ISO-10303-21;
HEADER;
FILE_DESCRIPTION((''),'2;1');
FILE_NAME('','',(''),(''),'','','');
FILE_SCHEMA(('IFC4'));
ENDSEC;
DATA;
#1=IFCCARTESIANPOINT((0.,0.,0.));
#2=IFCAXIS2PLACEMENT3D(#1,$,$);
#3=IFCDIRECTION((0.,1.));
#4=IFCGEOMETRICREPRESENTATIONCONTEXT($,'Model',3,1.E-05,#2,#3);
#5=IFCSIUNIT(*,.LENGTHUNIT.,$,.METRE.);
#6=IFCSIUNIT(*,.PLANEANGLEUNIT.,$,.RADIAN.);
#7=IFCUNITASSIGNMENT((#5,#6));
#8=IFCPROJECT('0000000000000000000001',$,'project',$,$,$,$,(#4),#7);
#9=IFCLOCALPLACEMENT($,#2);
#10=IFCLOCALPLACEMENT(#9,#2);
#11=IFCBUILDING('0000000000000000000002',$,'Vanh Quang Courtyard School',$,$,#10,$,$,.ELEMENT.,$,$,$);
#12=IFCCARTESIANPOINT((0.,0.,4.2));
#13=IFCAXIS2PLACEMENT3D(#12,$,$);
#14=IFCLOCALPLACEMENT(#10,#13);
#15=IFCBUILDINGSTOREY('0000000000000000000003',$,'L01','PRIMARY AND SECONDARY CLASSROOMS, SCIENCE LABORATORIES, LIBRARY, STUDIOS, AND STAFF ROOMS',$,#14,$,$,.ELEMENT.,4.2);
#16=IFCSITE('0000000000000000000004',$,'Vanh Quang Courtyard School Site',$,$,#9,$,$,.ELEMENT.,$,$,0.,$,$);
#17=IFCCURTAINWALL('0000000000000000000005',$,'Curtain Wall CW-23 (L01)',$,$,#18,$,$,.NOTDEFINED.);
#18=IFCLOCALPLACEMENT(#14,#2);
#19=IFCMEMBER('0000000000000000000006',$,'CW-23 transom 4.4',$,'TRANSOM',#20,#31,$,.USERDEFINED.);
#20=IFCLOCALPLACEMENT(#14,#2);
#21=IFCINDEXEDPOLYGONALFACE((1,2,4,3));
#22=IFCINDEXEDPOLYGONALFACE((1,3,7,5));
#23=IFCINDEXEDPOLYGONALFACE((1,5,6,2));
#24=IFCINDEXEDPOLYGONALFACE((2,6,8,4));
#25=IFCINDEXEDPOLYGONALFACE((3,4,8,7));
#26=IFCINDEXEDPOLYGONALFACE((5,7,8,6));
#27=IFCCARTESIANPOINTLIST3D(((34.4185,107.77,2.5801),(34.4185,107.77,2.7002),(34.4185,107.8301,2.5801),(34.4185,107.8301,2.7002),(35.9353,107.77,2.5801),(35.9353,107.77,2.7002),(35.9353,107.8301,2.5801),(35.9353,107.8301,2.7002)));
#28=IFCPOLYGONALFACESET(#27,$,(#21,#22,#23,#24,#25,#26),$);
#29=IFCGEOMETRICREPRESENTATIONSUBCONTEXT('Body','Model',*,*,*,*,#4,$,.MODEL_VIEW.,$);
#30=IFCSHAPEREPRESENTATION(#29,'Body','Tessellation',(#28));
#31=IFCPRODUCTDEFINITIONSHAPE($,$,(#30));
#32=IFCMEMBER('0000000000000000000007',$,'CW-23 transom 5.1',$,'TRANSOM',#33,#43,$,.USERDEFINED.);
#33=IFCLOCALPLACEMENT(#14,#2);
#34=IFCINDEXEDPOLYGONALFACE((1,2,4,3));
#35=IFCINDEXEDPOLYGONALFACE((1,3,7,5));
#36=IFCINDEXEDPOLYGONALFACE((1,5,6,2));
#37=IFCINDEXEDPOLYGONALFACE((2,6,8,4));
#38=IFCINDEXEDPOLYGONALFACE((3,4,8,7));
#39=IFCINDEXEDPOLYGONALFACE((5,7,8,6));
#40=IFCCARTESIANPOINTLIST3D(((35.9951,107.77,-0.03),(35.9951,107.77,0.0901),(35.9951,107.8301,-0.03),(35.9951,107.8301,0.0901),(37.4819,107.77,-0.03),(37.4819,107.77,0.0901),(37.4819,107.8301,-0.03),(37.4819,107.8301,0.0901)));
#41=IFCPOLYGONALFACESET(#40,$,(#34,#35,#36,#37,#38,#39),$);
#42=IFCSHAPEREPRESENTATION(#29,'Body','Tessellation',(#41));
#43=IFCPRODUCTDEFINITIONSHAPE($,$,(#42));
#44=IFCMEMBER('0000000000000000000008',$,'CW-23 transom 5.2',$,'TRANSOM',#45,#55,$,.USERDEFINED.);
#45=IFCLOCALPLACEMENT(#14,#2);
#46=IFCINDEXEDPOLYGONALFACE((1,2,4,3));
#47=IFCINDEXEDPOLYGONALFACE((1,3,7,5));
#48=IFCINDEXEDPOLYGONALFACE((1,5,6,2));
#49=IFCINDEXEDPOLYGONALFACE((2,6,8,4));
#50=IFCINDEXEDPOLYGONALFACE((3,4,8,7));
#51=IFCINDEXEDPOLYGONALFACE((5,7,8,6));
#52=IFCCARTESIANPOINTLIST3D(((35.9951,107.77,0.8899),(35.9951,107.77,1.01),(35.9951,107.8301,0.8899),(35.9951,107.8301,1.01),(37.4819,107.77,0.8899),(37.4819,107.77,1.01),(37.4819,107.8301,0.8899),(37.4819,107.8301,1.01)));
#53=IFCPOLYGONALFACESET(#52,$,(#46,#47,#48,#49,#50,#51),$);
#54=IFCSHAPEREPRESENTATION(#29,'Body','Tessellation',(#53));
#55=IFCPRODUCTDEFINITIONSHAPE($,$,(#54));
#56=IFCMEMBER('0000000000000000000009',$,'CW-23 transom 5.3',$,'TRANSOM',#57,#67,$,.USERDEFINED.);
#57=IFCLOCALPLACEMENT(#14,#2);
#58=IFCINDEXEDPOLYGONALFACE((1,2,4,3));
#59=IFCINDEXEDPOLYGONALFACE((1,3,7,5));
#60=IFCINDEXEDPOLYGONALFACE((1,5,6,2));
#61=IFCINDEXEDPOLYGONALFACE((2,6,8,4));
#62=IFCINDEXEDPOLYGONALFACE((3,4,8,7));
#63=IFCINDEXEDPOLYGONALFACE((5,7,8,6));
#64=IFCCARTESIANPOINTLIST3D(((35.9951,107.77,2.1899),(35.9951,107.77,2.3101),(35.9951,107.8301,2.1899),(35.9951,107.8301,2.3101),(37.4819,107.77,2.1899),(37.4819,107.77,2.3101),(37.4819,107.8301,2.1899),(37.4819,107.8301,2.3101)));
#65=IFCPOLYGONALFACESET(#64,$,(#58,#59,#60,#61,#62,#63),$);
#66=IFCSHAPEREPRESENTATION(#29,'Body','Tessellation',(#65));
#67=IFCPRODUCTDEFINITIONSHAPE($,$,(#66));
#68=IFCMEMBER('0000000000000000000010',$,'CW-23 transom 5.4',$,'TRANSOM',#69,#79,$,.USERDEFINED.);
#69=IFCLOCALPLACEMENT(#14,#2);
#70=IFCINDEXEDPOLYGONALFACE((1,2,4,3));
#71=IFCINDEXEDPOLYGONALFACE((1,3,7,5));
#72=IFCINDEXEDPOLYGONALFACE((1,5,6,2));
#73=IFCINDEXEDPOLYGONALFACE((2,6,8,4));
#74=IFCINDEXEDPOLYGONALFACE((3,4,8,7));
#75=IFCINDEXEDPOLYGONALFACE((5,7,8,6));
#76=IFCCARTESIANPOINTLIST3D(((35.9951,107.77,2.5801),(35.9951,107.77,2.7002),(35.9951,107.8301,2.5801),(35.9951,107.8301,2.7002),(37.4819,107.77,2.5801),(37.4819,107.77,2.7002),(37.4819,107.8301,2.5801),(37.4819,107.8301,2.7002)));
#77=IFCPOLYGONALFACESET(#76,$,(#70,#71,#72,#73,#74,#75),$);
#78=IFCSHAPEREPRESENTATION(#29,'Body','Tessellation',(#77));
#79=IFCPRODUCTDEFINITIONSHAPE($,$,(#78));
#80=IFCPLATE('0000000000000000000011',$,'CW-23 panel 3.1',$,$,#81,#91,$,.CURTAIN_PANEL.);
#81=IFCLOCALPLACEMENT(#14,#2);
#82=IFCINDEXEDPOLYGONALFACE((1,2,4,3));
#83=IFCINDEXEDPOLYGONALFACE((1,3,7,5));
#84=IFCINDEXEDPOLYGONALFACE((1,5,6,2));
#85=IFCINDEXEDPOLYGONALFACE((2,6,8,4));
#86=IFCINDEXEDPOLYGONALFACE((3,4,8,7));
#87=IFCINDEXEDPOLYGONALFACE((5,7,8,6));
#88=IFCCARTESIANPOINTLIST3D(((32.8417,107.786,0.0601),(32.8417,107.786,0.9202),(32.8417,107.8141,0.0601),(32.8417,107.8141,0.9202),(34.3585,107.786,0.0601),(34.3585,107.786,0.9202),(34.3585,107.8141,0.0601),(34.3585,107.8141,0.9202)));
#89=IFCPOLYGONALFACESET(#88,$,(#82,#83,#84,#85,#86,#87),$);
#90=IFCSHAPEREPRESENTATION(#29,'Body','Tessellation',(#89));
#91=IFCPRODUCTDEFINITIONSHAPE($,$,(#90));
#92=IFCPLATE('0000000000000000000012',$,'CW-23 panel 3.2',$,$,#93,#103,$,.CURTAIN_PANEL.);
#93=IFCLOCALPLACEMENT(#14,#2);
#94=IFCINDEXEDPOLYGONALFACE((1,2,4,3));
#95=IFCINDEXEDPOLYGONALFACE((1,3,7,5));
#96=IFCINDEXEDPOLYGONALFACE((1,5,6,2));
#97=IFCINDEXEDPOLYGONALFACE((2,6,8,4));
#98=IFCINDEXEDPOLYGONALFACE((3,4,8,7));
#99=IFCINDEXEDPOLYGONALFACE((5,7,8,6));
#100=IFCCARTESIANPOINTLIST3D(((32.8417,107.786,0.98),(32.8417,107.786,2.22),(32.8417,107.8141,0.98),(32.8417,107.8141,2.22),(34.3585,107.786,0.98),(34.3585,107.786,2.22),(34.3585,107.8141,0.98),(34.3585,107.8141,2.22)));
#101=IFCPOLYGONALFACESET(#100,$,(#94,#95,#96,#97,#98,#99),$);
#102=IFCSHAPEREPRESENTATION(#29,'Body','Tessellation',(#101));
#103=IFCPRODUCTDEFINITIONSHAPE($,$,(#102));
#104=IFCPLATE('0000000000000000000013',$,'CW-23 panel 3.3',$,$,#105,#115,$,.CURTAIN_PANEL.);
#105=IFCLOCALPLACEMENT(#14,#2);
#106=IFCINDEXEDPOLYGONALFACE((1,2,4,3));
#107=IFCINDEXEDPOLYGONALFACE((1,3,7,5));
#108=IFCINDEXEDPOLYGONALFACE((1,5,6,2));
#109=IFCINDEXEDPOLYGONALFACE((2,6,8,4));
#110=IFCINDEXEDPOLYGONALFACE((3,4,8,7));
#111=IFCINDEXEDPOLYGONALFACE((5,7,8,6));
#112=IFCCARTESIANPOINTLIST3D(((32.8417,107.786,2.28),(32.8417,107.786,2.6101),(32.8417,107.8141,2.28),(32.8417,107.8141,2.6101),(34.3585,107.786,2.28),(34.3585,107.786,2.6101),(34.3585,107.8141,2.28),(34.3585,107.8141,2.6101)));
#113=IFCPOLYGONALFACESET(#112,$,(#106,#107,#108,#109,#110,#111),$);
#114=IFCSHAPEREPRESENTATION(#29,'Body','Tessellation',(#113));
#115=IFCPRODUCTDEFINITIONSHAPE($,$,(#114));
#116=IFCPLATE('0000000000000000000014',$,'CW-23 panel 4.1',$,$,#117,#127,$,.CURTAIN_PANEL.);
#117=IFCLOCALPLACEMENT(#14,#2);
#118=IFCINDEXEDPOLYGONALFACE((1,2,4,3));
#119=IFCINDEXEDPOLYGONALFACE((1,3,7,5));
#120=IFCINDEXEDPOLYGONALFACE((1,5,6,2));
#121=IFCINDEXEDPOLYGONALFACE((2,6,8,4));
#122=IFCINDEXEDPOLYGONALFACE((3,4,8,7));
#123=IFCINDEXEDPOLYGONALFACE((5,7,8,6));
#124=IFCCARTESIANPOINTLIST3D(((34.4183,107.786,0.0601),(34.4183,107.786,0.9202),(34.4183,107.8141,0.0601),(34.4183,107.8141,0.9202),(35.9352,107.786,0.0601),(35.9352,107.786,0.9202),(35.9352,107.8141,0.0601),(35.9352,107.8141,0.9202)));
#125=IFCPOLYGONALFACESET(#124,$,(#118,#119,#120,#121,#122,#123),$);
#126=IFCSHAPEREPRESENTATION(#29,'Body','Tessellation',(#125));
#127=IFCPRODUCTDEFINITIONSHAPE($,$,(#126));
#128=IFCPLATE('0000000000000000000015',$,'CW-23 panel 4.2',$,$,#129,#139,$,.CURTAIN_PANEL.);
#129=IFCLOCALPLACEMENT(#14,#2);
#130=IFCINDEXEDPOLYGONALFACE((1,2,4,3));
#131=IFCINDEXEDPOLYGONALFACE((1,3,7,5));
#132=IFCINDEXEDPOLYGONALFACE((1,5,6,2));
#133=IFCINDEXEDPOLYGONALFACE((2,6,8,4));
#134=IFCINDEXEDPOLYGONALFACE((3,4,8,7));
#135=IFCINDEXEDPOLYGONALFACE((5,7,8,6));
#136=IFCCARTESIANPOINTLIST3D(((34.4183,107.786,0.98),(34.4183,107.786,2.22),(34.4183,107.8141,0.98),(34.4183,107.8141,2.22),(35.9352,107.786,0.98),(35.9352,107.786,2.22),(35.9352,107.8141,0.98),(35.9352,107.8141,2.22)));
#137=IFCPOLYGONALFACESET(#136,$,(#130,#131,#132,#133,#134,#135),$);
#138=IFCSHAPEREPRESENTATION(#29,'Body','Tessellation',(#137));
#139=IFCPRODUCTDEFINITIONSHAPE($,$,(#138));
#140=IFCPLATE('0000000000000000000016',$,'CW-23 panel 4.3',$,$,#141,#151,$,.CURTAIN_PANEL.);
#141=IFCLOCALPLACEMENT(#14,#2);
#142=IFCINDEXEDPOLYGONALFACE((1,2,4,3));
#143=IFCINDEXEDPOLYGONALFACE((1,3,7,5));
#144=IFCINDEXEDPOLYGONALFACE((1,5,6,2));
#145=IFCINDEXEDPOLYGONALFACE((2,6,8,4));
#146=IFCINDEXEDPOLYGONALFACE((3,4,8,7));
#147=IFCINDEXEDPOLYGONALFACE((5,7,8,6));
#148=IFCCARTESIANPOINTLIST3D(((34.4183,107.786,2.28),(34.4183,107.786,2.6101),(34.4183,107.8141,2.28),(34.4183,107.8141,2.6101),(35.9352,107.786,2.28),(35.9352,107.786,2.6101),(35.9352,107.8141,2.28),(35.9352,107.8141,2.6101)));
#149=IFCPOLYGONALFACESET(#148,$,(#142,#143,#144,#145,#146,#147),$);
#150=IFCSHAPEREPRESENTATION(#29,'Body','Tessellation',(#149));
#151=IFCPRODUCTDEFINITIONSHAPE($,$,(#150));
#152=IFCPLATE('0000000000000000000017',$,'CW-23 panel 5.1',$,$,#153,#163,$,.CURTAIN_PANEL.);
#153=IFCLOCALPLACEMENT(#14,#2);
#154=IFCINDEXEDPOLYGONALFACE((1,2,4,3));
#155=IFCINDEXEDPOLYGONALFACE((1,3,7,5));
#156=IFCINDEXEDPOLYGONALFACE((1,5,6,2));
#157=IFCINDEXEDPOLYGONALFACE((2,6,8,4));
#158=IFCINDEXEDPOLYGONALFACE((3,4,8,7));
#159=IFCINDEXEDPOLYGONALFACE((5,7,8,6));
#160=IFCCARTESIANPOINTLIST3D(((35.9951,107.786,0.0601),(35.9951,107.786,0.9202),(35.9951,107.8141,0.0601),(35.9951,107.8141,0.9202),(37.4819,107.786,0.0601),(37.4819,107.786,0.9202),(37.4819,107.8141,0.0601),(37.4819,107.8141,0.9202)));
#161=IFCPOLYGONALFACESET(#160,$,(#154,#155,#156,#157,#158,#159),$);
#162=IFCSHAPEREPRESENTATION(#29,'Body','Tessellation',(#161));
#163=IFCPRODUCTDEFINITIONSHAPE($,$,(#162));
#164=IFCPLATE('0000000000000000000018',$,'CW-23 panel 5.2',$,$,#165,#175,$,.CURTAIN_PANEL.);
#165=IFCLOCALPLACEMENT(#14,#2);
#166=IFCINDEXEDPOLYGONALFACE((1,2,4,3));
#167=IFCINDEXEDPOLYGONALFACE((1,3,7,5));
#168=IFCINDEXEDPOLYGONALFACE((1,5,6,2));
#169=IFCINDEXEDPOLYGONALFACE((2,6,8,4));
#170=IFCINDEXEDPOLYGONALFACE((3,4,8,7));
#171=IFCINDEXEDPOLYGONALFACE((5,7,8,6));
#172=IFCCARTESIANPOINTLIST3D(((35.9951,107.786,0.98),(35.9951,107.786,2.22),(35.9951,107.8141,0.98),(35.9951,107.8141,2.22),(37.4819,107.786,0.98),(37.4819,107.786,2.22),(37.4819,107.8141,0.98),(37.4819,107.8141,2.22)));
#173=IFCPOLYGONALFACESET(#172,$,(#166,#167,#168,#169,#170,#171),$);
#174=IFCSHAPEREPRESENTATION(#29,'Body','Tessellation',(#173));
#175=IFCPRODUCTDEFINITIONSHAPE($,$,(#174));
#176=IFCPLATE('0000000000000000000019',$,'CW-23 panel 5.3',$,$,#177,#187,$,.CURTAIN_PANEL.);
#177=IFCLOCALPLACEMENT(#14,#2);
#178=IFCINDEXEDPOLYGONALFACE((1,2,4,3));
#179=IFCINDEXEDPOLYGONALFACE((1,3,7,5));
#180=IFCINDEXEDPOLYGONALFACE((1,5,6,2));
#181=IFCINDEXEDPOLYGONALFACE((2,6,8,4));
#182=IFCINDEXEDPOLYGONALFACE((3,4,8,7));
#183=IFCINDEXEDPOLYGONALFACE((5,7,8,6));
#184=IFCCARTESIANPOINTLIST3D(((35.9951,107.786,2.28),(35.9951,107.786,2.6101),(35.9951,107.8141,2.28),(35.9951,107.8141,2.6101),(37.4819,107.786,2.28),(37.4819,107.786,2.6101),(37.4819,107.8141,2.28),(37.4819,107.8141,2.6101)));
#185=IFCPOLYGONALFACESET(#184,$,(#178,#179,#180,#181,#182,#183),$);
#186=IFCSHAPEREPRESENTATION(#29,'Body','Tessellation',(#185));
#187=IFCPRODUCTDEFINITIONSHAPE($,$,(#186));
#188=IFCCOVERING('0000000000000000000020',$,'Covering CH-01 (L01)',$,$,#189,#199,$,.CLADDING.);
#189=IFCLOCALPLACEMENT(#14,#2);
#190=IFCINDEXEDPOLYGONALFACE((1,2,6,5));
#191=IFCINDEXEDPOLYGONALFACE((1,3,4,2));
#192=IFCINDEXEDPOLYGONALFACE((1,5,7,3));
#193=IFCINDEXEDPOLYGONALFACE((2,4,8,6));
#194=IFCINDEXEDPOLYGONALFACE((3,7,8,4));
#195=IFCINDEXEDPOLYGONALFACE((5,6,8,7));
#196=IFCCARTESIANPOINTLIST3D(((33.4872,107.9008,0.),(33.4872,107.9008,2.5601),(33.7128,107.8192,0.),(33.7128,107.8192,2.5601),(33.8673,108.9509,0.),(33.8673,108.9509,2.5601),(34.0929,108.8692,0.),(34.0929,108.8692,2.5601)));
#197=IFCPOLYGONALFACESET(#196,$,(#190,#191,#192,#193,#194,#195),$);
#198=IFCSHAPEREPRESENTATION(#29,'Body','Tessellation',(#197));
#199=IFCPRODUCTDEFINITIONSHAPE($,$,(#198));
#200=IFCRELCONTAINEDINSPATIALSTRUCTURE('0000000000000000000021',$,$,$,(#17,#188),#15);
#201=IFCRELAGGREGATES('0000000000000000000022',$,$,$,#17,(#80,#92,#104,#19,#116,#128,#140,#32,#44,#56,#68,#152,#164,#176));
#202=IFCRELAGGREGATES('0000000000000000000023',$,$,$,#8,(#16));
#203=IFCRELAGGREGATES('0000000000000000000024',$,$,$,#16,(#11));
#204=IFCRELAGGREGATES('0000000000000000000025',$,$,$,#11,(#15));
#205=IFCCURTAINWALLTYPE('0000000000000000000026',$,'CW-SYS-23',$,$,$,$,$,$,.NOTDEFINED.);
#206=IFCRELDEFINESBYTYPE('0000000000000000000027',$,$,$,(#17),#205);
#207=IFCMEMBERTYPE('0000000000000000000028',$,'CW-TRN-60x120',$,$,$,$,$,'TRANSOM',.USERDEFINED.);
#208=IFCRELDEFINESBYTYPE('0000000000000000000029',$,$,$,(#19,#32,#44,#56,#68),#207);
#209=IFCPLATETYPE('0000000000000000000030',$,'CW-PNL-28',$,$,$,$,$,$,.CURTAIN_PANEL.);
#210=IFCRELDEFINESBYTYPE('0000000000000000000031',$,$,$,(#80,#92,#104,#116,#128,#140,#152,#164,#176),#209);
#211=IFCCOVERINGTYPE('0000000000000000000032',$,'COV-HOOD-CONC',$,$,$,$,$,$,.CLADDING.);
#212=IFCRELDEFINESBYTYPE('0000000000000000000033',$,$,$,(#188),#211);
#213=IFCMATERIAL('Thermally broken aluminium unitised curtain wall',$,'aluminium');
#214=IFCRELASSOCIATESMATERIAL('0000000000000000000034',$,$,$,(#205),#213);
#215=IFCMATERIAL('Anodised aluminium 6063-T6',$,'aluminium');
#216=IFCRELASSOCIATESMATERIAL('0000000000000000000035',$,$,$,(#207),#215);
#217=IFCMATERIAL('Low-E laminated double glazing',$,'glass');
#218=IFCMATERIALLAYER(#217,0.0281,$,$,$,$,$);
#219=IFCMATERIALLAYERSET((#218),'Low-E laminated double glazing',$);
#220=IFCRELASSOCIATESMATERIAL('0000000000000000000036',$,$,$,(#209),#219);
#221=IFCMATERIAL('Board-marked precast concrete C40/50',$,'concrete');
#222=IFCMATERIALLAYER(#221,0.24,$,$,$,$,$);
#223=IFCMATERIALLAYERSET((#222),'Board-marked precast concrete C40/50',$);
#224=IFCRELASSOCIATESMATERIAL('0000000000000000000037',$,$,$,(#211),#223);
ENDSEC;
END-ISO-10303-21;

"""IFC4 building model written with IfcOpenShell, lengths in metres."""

from ifc_helpers import new_model, si_unit, direction, frame, origin, origin_2d, place, context, subcontext, project, spatial, rectangle, extrude, material, layer, layer_set, material_profile, profile_set, type_object, element, aggregate, save


model = new_model("IFC4")

# Units and contexts
model_context = context("Model", 3, precision=1e-05, world=origin(), true_north=direction((0.0, 1.0)))
body_context = subcontext(model_context, "Body", "Model", "MODEL_VIEW")
ifc_project = project(units=[si_unit("LENGTHUNIT", "METRE"), si_unit("PLANEANGLEUNIT", "RADIAN")], contexts=[model_context])

# Site, building, storey
site_placement = place(None, origin())
site = spatial("IfcSite", under=ifc_project, at=site_placement, Name="Vanh Quang Courtyard School Site", CompositionType="ELEMENT", RefElevation=0.0)
building_placement = place(site_placement, origin())
building = spatial("IfcBuilding", under=site, at=building_placement, Name="Vanh Quang Courtyard School", CompositionType="ELEMENT")
storey_placement = place(building_placement, frame((0.0, 0.0, 4.2)))
storey = spatial("IfcBuildingStorey", under=building, at=storey_placement, Name="L01", Description="PRIMARY AND SECONDARY CLASSROOMS, SCIENCE LABORATORIES, LIBRARY, STUDIOS, AND STAFF ROOMS", CompositionType="ELEMENT", Elevation=4.2)

# Curtain wall, members, plates
ifc_material_1 = material(Name="Thermally broken aluminium unitised curtain wall", Category="aluminium")
curtain_wall_type = type_object("IfcCurtainWallType", Name="CW-SYS-23", PredefinedType="NOTDEFINED", material=ifc_material_1)
curtain_wall_placement = place(storey_placement, origin())
curtain_wall = element("IfcCurtainWall", 1, at=curtain_wall_placement, inside=storey, type_object=curtain_wall_type, Name="Curtain Wall CW-23 (L01)", PredefinedType="NOTDEFINED")
ifc_material_2 = material(Name="Anodised aluminium 6063-T6", Category="aluminium")
ifc_material_profile_1 = material_profile(ifc_material_2, rectangle(XDim=0.0601, YDim=0.1201, at=origin_2d()), Name="ALU-TRN 60x120")
ifc_profile_set_1 = profile_set([ifc_material_profile_1], Name="Anodised aluminium 6063-T6")
member_type_1 = type_object("IfcMemberType", Name="CW-TRN-60x120", ElementType="TRANSOM", PredefinedType="USERDEFINED", material=ifc_profile_set_1)
member_1_placement = place(storey_placement, frame((34.4185, 107.8, 2.6401), z_axis=(1.0, 0.0, 0.0), x_axis=(0.0, 1.0, 0.0)))
member_1 = element("IfcMember", 2, at=member_1_placement, type_object=member_type_1, Name="CW-23 transom 4.4", ObjectType="TRANSOM", PredefinedType="USERDEFINED", context=body_context, shape_type="SweptSolid", body=[
    extrude(rectangle(XDim=0.0601, YDim=0.1201, at=origin_2d()), origin(), (0.0, 0.0, 1.0), 1.5168),
])
member_2_placement = place(storey_placement, frame((35.9951, 107.8, 0.03), z_axis=(1.0, 0.0, 0.0), x_axis=(0.0, 1.0, 0.0)))
member_2 = element("IfcMember", 3, at=member_2_placement, type_object=member_type_1, Name="CW-23 transom 5.1", ObjectType="TRANSOM", PredefinedType="USERDEFINED", context=body_context, shape_type="SweptSolid", body=[
    extrude(rectangle(XDim=0.0601, YDim=0.1201, at=origin_2d()), origin(), (0.0, 0.0, 1.0), 1.4868),
])
member_3_placement = place(storey_placement, frame((35.9951, 107.8, 0.95), z_axis=(1.0, 0.0, 0.0), x_axis=(0.0, 1.0, 0.0)))
member_3 = element("IfcMember", 4, at=member_3_placement, type_object=member_type_1, Name="CW-23 transom 5.2", ObjectType="TRANSOM", PredefinedType="USERDEFINED", context=body_context, shape_type="SweptSolid", body=[
    extrude(rectangle(XDim=0.0601, YDim=0.1201, at=origin_2d()), origin(), (0.0, 0.0, 1.0), 1.4868),
])
member_4_placement = place(storey_placement, frame((35.9951, 107.8, 2.25), z_axis=(1.0, 0.0, 0.0), x_axis=(0.0, 1.0, 0.0)))
member_4 = element("IfcMember", 5, at=member_4_placement, type_object=member_type_1, Name="CW-23 transom 5.3", ObjectType="TRANSOM", PredefinedType="USERDEFINED", context=body_context, shape_type="SweptSolid", body=[
    extrude(rectangle(XDim=0.0601, YDim=0.1201, at=origin_2d()), origin(), (0.0, 0.0, 1.0), 1.4868),
])
member_5_placement = place(storey_placement, frame((35.9951, 107.8, 2.6401), z_axis=(1.0, 0.0, 0.0), x_axis=(0.0, 1.0, 0.0)))
member_5 = element("IfcMember", 6, at=member_5_placement, type_object=member_type_1, Name="CW-23 transom 5.4", ObjectType="TRANSOM", PredefinedType="USERDEFINED", context=body_context, shape_type="SweptSolid", body=[
    extrude(rectangle(XDim=0.0601, YDim=0.1201, at=origin_2d()), origin(), (0.0, 0.0, 1.0), 1.4868),
])
ifc_material_3 = material(Name="Low-E laminated double glazing", Category="glass")
ifc_layer_1 = layer(ifc_material_3, 0.0281)
ifc_layer_set_1 = layer_set([ifc_layer_1], Name="Low-E laminated double glazing")
plate_type = type_object("IfcPlateType", Name="CW-PNL-28", PredefinedType="CURTAIN_PANEL", material=ifc_layer_set_1)
plate_1_placement = place(storey_placement, frame((33.6001, 107.8, 0.0601), z_axis=(0.0, 0.0, 1.0), x_axis=(1.0, 0.0, 0.0)))
plate_1 = element("IfcPlate", 7, at=plate_1_placement, type_object=plate_type, Name="CW-23 panel 3.1", PredefinedType="CURTAIN_PANEL", context=body_context, shape_type="SweptSolid", body=[
    extrude(rectangle(XDim=1.5168, YDim=0.0281, at=origin_2d()), origin(), (0.0, 0.0, 1.0), 0.8601),
])
plate_2_placement = place(storey_placement, frame((33.6001, 107.8, 0.98), z_axis=(0.0, 0.0, 1.0), x_axis=(1.0, 0.0, 0.0)))
plate_2 = element("IfcPlate", 8, at=plate_2_placement, type_object=plate_type, Name="CW-23 panel 3.2", PredefinedType="CURTAIN_PANEL", context=body_context, shape_type="SweptSolid", body=[
    extrude(rectangle(XDim=1.5168, YDim=0.0281, at=origin_2d()), origin(), (0.0, 0.0, 1.0), 1.24),
])
plate_3_placement = place(storey_placement, frame((33.6001, 107.8, 2.28), z_axis=(0.0, 0.0, 1.0), x_axis=(1.0, 0.0, 0.0)))
plate_3 = element("IfcPlate", 9, at=plate_3_placement, type_object=plate_type, Name="CW-23 panel 3.3", PredefinedType="CURTAIN_PANEL", context=body_context, shape_type="SweptSolid", body=[
    extrude(rectangle(XDim=1.5168, YDim=0.0281, at=origin_2d()), origin(), (0.0, 0.0, 1.0), 0.3301),
])
plate_4_placement = place(storey_placement, frame((35.1768, 107.8, 0.0601), z_axis=(0.0, 0.0, 1.0), x_axis=(1.0, 0.0, 0.0)))
plate_4 = element("IfcPlate", 10, at=plate_4_placement, type_object=plate_type, Name="CW-23 panel 4.1", PredefinedType="CURTAIN_PANEL", context=body_context, shape_type="SweptSolid", body=[
    extrude(rectangle(XDim=1.5168, YDim=0.0281, at=origin_2d()), origin(), (0.0, 0.0, 1.0), 0.8601),
])
plate_5_placement = place(storey_placement, frame((35.1768, 107.8, 0.98), z_axis=(0.0, 0.0, 1.0), x_axis=(1.0, 0.0, 0.0)))
plate_5 = element("IfcPlate", 11, at=plate_5_placement, type_object=plate_type, Name="CW-23 panel 4.2", PredefinedType="CURTAIN_PANEL", context=body_context, shape_type="SweptSolid", body=[
    extrude(rectangle(XDim=1.5168, YDim=0.0281, at=origin_2d()), origin(), (0.0, 0.0, 1.0), 1.24),
])
plate_6_placement = place(storey_placement, frame((35.1768, 107.8, 2.28), z_axis=(0.0, 0.0, 1.0), x_axis=(1.0, 0.0, 0.0)))
plate_6 = element("IfcPlate", 12, at=plate_6_placement, type_object=plate_type, Name="CW-23 panel 4.3", PredefinedType="CURTAIN_PANEL", context=body_context, shape_type="SweptSolid", body=[
    extrude(rectangle(XDim=1.5168, YDim=0.0281, at=origin_2d()), origin(), (0.0, 0.0, 1.0), 0.3301),
])
plate_7_placement = place(storey_placement, frame((36.7385, 107.8, 0.0601), z_axis=(0.0, 0.0, 1.0), x_axis=(1.0, 0.0, 0.0)))
plate_7 = element("IfcPlate", 13, at=plate_7_placement, type_object=plate_type, Name="CW-23 panel 5.1", PredefinedType="CURTAIN_PANEL", context=body_context, shape_type="SweptSolid", body=[
    extrude(rectangle(XDim=1.4868, YDim=0.0281, at=origin_2d()), origin(), (0.0, 0.0, 1.0), 0.8601),
])
plate_8_placement = place(storey_placement, frame((36.7385, 107.8, 0.98), z_axis=(0.0, 0.0, 1.0), x_axis=(1.0, 0.0, 0.0)))
plate_8 = element("IfcPlate", 14, at=plate_8_placement, type_object=plate_type, Name="CW-23 panel 5.2", PredefinedType="CURTAIN_PANEL", context=body_context, shape_type="SweptSolid", body=[
    extrude(rectangle(XDim=1.4868, YDim=0.0281, at=origin_2d()), origin(), (0.0, 0.0, 1.0), 1.24),
])
plate_9_placement = place(storey_placement, frame((36.7385, 107.8, 2.28), z_axis=(0.0, 0.0, 1.0), x_axis=(1.0, 0.0, 0.0)))
plate_9 = element("IfcPlate", 15, at=plate_9_placement, type_object=plate_type, Name="CW-23 panel 5.3", PredefinedType="CURTAIN_PANEL", context=body_context, shape_type="SweptSolid", body=[
    extrude(rectangle(XDim=1.4868, YDim=0.0281, at=origin_2d()), origin(), (0.0, 0.0, 1.0), 0.3301),
])
aggregate(curtain_wall, [plate_1, plate_2, plate_3, member_1, plate_4, plate_5, plate_6, member_2, member_3, member_4, member_5, plate_7, plate_8, plate_9])

# Covering
ifc_material_4 = material(Name="Board-marked precast concrete C40/50", Category="concrete")
ifc_layer_2 = layer(ifc_material_4, 0.24)
ifc_layer_set_2 = layer_set([ifc_layer_2], Name="Board-marked precast concrete C40/50")
covering_type = type_object("IfcCoveringType", Name="COV-HOOD-CONC", PredefinedType="CLADDING", material=ifc_layer_set_2)
covering_placement = place(storey_placement, frame((33.79, 108.385, 0.0), z_axis=(0.0, 0.0, 1.0), x_axis=(0.34038, 0.940288, 0.0)))
element("IfcCovering", 16, at=covering_placement, inside=storey, type_object=covering_type, Name="Covering CH-01 (L01)", PredefinedType="CLADDING", context=body_context, shape_type="SweptSolid", body=[
    extrude(rectangle(XDim=1.1167, YDim=0.24, at=origin_2d()), origin(), (0.0, 0.0, 1.0), 2.5601),
])

save(model, "model.ifc")
